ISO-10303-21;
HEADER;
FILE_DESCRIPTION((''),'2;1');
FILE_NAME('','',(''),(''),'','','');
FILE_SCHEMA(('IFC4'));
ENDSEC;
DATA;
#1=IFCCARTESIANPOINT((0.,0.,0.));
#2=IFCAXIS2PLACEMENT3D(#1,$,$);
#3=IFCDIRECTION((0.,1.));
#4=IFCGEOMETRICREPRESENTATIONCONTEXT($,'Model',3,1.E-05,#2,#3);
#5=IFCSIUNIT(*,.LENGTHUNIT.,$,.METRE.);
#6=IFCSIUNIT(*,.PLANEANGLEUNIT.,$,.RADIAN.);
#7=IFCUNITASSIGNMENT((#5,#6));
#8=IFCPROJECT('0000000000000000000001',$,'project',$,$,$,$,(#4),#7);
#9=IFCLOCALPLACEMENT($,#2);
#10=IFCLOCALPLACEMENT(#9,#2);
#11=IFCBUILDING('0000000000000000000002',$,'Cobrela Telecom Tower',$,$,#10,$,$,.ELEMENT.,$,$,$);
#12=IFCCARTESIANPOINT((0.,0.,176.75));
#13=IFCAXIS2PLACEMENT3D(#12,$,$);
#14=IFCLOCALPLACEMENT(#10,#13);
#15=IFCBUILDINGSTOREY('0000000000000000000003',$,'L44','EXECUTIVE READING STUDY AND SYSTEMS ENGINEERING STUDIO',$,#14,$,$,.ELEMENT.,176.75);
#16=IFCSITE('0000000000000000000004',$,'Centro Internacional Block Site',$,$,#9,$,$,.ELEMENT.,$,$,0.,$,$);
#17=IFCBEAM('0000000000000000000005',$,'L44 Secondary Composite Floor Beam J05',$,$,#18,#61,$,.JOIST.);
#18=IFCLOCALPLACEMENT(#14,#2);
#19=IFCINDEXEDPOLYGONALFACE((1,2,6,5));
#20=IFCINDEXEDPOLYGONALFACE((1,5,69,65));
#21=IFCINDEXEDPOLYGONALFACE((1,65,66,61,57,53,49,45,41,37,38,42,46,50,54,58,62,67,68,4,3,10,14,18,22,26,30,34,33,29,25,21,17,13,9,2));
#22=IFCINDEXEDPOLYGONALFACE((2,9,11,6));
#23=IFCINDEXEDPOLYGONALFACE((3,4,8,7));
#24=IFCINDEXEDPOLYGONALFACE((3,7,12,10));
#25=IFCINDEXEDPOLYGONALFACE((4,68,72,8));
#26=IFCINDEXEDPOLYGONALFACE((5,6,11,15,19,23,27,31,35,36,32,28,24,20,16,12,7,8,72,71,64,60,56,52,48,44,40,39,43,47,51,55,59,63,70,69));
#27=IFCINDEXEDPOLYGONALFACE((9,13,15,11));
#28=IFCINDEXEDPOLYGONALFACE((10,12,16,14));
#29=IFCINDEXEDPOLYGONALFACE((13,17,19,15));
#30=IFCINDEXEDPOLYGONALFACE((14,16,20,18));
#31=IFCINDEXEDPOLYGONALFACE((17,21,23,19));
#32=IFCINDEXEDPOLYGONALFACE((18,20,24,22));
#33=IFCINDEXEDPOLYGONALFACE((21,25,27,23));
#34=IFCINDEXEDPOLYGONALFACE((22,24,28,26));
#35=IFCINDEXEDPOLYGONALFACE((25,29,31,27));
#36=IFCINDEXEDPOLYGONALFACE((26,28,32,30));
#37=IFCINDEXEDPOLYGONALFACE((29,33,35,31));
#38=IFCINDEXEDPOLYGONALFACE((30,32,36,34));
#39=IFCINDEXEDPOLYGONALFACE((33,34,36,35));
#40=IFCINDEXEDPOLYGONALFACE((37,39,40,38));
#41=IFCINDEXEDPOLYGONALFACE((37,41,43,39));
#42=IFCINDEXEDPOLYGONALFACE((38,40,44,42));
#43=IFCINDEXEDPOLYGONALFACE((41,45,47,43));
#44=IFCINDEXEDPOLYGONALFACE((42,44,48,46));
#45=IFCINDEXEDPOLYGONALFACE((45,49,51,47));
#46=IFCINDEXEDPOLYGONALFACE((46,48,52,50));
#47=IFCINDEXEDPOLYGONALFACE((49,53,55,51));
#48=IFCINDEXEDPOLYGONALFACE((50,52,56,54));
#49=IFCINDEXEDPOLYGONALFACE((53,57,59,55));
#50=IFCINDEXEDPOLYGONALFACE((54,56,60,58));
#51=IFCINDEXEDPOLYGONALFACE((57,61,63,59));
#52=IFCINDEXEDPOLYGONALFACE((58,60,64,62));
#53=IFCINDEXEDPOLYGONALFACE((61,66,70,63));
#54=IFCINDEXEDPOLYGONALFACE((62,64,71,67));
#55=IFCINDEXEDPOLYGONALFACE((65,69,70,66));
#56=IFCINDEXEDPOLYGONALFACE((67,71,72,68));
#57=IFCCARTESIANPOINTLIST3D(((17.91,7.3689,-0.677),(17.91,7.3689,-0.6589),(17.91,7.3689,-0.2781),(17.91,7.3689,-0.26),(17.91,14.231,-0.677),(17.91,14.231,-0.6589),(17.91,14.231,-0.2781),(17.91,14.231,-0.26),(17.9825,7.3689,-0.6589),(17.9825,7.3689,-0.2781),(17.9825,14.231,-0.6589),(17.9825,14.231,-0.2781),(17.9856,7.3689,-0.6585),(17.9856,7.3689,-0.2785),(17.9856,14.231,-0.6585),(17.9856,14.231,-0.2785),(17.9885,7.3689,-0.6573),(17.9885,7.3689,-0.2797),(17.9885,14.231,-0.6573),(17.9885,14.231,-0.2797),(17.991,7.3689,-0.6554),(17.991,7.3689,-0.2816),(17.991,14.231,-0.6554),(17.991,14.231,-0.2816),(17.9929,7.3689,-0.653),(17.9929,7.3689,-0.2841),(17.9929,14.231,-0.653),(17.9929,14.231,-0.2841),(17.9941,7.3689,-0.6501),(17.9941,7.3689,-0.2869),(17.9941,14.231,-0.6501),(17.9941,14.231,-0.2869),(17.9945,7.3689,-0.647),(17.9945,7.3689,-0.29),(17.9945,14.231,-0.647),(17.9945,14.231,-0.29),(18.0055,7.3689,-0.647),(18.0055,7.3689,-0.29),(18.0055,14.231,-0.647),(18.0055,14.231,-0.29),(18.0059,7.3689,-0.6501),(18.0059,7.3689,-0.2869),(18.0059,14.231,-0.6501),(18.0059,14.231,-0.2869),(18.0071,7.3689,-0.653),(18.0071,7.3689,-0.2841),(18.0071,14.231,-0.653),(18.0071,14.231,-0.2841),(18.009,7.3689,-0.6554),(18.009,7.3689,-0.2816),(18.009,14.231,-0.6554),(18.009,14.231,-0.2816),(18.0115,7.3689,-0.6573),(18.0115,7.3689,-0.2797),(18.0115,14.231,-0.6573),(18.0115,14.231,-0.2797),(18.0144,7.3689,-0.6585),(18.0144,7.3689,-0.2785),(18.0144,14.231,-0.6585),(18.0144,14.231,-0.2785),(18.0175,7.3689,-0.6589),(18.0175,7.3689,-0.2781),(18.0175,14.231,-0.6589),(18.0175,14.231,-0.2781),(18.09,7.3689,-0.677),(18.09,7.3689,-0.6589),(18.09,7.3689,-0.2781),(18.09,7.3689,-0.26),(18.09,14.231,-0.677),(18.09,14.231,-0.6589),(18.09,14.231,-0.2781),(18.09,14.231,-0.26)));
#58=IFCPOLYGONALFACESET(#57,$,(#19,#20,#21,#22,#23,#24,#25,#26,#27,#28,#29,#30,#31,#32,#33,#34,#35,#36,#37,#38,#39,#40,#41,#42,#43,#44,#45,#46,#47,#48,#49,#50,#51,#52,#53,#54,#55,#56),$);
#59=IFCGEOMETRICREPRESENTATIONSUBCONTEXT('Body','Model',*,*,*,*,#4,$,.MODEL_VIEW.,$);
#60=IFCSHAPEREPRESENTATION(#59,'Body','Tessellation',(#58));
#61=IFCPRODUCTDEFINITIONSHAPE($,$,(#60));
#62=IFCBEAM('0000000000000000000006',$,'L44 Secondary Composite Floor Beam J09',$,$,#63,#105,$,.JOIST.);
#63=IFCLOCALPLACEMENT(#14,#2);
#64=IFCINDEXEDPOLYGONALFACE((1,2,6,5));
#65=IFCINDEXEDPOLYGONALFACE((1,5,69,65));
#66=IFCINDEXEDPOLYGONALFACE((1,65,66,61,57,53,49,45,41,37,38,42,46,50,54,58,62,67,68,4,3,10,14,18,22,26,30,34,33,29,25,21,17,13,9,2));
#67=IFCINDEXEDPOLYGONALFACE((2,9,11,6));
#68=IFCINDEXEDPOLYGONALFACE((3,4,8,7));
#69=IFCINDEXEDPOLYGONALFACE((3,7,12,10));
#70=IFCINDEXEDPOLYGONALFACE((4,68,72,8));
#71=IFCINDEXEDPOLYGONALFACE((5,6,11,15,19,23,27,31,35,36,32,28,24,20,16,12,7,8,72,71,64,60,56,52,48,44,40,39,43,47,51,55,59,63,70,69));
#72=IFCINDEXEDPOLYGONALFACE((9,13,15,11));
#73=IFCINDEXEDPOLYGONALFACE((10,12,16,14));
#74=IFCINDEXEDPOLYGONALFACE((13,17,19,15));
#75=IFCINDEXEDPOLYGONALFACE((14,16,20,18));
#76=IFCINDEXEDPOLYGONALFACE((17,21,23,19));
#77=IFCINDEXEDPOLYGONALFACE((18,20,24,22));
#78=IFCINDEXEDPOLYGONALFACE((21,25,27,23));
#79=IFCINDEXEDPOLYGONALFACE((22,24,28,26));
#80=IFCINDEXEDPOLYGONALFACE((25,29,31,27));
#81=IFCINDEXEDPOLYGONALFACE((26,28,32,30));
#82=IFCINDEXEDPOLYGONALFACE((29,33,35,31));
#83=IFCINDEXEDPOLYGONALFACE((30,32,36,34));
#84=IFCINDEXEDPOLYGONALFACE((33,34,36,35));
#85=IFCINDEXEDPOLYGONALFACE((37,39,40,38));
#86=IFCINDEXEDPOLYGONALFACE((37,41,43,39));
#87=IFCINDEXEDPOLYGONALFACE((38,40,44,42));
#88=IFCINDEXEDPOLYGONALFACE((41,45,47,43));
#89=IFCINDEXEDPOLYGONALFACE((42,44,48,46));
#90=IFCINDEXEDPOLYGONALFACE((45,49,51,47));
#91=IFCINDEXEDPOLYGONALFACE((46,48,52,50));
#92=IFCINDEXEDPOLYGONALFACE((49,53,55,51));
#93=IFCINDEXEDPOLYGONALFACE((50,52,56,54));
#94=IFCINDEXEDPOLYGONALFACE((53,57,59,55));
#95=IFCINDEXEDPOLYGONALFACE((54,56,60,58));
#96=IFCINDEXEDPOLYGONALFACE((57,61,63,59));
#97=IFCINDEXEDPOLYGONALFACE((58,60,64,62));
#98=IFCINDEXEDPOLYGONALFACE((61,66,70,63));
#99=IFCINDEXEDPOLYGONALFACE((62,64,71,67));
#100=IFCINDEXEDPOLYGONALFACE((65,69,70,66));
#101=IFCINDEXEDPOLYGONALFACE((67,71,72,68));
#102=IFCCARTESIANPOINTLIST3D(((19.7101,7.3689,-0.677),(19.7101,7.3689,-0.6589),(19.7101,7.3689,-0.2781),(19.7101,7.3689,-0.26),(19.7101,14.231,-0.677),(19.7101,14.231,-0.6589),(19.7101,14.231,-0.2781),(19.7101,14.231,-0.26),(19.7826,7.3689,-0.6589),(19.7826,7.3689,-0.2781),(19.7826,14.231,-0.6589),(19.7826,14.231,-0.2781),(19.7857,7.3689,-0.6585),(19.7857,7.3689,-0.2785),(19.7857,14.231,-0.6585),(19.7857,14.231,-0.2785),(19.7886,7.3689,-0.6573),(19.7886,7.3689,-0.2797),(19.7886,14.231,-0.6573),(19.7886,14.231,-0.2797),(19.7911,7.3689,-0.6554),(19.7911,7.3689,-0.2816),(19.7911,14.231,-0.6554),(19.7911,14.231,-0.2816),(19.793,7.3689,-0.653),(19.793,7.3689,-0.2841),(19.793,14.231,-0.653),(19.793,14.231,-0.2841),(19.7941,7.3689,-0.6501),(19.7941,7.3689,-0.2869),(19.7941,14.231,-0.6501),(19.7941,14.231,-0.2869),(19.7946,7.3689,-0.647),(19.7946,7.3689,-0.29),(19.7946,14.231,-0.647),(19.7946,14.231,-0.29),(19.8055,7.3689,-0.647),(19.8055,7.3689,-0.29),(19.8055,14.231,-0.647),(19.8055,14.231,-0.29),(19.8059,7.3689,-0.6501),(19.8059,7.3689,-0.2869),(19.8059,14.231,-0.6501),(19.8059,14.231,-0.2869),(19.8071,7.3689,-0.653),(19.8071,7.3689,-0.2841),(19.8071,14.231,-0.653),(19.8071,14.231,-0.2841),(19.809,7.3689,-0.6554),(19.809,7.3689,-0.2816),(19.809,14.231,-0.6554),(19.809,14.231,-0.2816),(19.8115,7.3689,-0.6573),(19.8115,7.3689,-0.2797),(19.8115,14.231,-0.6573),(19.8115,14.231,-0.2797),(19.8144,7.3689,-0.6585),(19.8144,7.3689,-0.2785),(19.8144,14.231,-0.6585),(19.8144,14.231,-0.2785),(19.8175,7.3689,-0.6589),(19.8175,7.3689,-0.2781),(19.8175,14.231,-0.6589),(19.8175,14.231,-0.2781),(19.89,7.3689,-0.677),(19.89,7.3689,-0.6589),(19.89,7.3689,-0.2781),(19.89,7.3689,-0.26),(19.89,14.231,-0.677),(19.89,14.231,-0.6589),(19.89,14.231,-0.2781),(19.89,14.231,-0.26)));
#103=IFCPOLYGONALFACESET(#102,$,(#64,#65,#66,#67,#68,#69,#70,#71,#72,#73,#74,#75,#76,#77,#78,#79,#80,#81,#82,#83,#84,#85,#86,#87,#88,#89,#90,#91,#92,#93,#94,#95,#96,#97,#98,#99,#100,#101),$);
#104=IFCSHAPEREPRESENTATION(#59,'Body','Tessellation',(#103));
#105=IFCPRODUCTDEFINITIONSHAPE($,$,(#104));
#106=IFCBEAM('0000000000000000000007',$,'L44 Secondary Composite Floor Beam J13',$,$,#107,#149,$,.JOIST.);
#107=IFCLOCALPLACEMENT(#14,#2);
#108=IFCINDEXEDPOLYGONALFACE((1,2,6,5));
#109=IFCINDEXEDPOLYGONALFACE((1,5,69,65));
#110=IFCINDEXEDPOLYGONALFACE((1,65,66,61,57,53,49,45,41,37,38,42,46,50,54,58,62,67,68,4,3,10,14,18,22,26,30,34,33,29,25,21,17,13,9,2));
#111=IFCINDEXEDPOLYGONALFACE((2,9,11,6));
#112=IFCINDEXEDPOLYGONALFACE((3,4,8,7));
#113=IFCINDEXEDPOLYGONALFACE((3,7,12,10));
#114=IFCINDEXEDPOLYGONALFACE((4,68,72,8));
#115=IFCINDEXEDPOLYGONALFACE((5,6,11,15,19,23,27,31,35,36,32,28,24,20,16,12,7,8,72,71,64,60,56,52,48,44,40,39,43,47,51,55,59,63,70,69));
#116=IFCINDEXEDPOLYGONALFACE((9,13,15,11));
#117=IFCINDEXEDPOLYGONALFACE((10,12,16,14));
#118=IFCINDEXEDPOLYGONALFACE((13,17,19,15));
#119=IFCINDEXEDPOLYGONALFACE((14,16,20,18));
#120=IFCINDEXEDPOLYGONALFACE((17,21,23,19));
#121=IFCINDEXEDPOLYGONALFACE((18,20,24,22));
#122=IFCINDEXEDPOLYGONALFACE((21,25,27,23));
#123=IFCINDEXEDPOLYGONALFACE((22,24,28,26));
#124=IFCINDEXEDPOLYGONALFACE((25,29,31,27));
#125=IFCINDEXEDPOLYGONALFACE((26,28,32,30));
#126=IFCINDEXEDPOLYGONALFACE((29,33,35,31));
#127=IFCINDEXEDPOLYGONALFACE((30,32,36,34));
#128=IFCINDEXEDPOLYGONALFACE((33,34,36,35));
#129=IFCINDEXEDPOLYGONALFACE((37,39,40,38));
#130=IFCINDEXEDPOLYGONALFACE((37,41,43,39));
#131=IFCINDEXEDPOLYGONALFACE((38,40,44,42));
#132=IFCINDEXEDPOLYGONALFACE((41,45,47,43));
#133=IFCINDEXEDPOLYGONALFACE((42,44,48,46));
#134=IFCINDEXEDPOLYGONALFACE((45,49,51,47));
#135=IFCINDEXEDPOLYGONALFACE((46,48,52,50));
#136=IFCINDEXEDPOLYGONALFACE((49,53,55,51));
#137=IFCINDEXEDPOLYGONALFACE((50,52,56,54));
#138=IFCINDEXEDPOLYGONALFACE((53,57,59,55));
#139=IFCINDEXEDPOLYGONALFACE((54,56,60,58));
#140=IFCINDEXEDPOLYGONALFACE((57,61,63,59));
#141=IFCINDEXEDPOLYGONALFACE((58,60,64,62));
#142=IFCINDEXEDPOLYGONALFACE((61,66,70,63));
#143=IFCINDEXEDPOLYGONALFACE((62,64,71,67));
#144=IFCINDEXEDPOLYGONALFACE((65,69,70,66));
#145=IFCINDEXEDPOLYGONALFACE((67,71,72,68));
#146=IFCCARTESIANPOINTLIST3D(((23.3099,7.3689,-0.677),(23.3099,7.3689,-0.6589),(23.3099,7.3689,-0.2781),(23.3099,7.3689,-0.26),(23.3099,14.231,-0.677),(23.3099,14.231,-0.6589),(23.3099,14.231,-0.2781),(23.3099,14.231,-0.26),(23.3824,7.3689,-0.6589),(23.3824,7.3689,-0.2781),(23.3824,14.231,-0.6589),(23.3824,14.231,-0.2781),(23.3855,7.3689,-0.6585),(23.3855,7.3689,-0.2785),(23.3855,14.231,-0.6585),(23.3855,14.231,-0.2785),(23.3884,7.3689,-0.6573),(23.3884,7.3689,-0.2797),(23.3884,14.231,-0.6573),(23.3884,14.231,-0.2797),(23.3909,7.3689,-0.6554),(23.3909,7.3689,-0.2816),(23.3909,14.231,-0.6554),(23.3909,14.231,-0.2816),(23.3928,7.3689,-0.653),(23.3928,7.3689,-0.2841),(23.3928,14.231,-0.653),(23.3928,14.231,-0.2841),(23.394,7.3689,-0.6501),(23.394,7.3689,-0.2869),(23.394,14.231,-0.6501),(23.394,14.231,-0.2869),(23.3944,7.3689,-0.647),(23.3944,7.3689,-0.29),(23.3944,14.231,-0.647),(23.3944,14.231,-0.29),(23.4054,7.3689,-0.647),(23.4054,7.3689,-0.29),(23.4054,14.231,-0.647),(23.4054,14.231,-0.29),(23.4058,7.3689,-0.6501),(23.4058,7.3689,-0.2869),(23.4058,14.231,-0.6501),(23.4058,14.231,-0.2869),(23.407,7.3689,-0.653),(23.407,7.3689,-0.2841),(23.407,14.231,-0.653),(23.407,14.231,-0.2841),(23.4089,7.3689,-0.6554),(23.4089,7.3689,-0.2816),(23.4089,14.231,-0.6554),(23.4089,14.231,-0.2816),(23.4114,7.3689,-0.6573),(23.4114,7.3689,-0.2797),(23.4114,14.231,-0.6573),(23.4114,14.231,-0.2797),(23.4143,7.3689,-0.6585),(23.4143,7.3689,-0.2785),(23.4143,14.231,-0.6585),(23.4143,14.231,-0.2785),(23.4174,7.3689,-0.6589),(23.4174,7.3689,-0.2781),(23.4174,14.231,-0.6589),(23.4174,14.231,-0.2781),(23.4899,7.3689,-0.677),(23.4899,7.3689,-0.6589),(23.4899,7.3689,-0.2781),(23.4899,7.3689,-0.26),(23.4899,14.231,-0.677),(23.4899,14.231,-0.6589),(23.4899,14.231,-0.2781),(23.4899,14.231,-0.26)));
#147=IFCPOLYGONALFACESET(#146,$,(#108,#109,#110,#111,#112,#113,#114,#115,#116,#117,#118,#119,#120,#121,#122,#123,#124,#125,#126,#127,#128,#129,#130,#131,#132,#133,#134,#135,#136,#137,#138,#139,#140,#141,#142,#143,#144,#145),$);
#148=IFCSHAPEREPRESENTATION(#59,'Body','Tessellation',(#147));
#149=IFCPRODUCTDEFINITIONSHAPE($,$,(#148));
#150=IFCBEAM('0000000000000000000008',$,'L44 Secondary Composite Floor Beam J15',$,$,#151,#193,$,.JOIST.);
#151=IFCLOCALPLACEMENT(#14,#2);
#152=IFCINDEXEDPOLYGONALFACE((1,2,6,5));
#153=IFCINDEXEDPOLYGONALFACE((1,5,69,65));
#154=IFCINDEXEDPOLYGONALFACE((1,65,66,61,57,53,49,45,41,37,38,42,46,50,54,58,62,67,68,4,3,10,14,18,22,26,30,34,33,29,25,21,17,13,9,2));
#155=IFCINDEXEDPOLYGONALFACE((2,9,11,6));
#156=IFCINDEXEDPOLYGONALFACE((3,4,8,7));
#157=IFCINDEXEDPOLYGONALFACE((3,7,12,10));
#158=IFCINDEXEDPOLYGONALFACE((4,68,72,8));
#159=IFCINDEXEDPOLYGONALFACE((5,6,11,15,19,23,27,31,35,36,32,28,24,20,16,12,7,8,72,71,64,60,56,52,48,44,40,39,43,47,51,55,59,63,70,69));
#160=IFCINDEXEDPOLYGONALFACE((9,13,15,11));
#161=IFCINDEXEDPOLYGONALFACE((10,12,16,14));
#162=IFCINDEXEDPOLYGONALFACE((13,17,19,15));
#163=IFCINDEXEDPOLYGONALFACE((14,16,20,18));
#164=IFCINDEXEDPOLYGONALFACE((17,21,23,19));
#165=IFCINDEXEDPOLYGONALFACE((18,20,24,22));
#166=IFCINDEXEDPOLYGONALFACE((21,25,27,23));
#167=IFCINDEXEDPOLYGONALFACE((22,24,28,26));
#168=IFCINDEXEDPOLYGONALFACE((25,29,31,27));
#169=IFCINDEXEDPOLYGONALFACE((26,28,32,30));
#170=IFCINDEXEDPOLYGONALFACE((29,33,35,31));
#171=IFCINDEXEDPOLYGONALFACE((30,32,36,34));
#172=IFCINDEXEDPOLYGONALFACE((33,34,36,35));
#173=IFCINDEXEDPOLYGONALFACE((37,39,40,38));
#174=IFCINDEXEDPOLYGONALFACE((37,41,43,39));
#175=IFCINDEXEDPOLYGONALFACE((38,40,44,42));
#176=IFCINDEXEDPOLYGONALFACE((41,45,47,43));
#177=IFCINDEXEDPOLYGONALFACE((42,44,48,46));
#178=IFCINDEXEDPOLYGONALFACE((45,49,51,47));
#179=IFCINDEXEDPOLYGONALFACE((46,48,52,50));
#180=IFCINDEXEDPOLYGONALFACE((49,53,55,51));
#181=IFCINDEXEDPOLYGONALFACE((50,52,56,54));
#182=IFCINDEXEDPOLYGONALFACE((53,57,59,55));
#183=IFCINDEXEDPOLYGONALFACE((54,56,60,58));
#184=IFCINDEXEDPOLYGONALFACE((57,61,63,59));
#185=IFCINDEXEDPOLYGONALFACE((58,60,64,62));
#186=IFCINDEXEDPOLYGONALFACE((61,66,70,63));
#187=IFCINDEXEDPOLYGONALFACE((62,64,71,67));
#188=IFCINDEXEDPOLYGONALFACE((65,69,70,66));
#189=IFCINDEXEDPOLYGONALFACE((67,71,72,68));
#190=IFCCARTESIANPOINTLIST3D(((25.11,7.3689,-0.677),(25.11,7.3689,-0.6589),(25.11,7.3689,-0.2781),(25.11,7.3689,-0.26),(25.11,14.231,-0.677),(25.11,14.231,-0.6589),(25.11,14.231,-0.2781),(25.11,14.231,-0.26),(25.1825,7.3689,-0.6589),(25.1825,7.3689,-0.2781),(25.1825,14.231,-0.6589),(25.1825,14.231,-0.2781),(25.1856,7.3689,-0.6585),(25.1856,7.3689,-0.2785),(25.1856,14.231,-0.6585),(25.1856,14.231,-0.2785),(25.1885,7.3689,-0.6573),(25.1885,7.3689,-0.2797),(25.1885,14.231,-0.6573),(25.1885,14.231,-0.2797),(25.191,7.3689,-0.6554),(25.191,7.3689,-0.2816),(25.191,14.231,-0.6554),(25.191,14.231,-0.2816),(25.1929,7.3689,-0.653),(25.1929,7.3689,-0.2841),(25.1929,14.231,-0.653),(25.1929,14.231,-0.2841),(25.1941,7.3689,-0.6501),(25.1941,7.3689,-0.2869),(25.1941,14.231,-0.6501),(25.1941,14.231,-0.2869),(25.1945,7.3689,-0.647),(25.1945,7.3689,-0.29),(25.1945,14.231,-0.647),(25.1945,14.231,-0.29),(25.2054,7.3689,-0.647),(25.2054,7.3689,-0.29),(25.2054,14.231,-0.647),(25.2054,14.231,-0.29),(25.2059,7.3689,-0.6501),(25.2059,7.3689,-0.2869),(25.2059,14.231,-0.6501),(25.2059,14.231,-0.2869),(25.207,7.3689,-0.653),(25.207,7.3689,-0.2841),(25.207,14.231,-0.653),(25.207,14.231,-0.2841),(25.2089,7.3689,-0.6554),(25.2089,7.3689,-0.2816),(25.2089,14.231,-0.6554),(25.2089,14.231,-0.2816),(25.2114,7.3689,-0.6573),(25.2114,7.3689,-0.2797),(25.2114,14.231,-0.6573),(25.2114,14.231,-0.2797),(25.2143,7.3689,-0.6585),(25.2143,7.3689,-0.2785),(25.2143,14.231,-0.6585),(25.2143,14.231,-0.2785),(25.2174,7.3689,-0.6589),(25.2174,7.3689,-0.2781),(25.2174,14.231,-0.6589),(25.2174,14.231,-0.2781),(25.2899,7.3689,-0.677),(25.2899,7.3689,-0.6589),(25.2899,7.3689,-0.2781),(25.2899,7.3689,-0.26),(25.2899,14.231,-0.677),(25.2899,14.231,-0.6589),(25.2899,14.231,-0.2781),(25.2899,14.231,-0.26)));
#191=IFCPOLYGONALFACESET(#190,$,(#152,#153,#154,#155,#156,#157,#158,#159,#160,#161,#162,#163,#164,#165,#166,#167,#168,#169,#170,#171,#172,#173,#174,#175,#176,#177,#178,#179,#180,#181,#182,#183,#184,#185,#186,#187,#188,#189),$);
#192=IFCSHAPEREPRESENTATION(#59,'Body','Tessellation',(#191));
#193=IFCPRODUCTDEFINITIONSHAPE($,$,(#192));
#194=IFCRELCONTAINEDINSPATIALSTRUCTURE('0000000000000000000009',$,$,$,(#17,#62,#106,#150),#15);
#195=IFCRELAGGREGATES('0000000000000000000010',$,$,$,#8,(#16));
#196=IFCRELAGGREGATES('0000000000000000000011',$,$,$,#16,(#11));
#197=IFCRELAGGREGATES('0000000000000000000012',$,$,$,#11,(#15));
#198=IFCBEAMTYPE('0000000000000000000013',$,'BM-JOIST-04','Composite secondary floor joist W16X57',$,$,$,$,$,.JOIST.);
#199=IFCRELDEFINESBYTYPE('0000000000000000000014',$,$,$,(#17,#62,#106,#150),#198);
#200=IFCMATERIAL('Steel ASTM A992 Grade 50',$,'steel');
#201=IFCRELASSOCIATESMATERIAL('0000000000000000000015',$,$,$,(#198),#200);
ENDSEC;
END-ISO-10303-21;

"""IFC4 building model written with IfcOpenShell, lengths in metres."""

from ifc_helpers import new_model, si_unit, direction, frame, origin, origin_2d, place, context, subcontext, project, spatial, i_section, extrude, material, material_profile, profile_set, type_object, element, save


model = new_model("IFC4")

# Units and contexts
model_context = context("Model", 3, precision=1e-05, world=origin(), true_north=direction((0.0, 1.0)))
body_context = subcontext(model_context, "Body", "Model", "MODEL_VIEW")
ifc_project = project(units=[si_unit("LENGTHUNIT", "METRE"), si_unit("PLANEANGLEUNIT", "RADIAN")], contexts=[model_context])

# Site, building, storey
site_placement = place(None, origin())
site = spatial("IfcSite", under=ifc_project, at=site_placement, Name="Centro Internacional Block Site", CompositionType="ELEMENT", RefElevation=0.0)
building_placement = place(site_placement, origin())
building = spatial("IfcBuilding", under=site, at=building_placement, Name="Cobrela Telecom Tower", CompositionType="ELEMENT")
storey_placement = place(building_placement, frame((0.0, 0.0, 176.75)))
storey = spatial("IfcBuildingStorey", under=building, at=storey_placement, Name="L44", Description="EXECUTIVE READING STUDY AND SYSTEMS ENGINEERING STUDIO", CompositionType="ELEMENT", Elevation=176.75)

# Shared definitions
ifc_material_1 = material(Name="Steel ASTM A992 Grade 50", Category="steel")

# Beams
ifc_material_profile_1 = material_profile(ifc_material_1, i_section(OverallWidth=0.1799, OverallDepth=0.417, WebThickness=0.011, FlangeThickness=0.0181, FilletRadius=0.012, at=origin_2d()), Name="W16X57")
ifc_profile_set_1 = profile_set([ifc_material_profile_1], Name="Steel ASTM A992 Grade 50")
beam_type_1 = type_object("IfcBeamType", Name="BM-JOIST-04", Description="Composite secondary floor joist W16X57", PredefinedType="JOIST", material=ifc_profile_set_1)
for number, where, z_axis, x_axis, name in (
    (1, (18.0, 7.3689, -0.4685), (0.0, 1.0, 0.0), (-1.0, 0.0, 0.0), "L44 Secondary Composite Floor Beam J05"),
    (2, (19.8, 7.3689, -0.4685), (0.0, 1.0, 0.0), (-1.0, 0.0, 0.0), "L44 Secondary Composite Floor Beam J09"),
    (3, (23.3999, 7.3689, -0.4685), (0.0, 1.0, 0.0), (-1.0, 0.0, 0.0), "L44 Secondary Composite Floor Beam J13"),
    (4, (25.2, 7.3689, -0.4685), (0.0, 1.0, 0.0), (-1.0, 0.0, 0.0), "L44 Secondary Composite Floor Beam J15"),
):
    element("IfcBeam", number, at=place(storey_placement, frame(where, z_axis=z_axis, x_axis=x_axis)), inside=storey, type_object=beam_type_1, Name=name, PredefinedType="JOIST", context=body_context, shape_type="SweptSolid", body=[
        extrude(i_section(OverallWidth=0.1799, OverallDepth=0.417, WebThickness=0.011, FlangeThickness=0.0181, FilletRadius=0.012, at=origin_2d()), origin(), (0.0, 0.0, 1.0), 6.8621),
    ])

save(model, "model.ifc")
